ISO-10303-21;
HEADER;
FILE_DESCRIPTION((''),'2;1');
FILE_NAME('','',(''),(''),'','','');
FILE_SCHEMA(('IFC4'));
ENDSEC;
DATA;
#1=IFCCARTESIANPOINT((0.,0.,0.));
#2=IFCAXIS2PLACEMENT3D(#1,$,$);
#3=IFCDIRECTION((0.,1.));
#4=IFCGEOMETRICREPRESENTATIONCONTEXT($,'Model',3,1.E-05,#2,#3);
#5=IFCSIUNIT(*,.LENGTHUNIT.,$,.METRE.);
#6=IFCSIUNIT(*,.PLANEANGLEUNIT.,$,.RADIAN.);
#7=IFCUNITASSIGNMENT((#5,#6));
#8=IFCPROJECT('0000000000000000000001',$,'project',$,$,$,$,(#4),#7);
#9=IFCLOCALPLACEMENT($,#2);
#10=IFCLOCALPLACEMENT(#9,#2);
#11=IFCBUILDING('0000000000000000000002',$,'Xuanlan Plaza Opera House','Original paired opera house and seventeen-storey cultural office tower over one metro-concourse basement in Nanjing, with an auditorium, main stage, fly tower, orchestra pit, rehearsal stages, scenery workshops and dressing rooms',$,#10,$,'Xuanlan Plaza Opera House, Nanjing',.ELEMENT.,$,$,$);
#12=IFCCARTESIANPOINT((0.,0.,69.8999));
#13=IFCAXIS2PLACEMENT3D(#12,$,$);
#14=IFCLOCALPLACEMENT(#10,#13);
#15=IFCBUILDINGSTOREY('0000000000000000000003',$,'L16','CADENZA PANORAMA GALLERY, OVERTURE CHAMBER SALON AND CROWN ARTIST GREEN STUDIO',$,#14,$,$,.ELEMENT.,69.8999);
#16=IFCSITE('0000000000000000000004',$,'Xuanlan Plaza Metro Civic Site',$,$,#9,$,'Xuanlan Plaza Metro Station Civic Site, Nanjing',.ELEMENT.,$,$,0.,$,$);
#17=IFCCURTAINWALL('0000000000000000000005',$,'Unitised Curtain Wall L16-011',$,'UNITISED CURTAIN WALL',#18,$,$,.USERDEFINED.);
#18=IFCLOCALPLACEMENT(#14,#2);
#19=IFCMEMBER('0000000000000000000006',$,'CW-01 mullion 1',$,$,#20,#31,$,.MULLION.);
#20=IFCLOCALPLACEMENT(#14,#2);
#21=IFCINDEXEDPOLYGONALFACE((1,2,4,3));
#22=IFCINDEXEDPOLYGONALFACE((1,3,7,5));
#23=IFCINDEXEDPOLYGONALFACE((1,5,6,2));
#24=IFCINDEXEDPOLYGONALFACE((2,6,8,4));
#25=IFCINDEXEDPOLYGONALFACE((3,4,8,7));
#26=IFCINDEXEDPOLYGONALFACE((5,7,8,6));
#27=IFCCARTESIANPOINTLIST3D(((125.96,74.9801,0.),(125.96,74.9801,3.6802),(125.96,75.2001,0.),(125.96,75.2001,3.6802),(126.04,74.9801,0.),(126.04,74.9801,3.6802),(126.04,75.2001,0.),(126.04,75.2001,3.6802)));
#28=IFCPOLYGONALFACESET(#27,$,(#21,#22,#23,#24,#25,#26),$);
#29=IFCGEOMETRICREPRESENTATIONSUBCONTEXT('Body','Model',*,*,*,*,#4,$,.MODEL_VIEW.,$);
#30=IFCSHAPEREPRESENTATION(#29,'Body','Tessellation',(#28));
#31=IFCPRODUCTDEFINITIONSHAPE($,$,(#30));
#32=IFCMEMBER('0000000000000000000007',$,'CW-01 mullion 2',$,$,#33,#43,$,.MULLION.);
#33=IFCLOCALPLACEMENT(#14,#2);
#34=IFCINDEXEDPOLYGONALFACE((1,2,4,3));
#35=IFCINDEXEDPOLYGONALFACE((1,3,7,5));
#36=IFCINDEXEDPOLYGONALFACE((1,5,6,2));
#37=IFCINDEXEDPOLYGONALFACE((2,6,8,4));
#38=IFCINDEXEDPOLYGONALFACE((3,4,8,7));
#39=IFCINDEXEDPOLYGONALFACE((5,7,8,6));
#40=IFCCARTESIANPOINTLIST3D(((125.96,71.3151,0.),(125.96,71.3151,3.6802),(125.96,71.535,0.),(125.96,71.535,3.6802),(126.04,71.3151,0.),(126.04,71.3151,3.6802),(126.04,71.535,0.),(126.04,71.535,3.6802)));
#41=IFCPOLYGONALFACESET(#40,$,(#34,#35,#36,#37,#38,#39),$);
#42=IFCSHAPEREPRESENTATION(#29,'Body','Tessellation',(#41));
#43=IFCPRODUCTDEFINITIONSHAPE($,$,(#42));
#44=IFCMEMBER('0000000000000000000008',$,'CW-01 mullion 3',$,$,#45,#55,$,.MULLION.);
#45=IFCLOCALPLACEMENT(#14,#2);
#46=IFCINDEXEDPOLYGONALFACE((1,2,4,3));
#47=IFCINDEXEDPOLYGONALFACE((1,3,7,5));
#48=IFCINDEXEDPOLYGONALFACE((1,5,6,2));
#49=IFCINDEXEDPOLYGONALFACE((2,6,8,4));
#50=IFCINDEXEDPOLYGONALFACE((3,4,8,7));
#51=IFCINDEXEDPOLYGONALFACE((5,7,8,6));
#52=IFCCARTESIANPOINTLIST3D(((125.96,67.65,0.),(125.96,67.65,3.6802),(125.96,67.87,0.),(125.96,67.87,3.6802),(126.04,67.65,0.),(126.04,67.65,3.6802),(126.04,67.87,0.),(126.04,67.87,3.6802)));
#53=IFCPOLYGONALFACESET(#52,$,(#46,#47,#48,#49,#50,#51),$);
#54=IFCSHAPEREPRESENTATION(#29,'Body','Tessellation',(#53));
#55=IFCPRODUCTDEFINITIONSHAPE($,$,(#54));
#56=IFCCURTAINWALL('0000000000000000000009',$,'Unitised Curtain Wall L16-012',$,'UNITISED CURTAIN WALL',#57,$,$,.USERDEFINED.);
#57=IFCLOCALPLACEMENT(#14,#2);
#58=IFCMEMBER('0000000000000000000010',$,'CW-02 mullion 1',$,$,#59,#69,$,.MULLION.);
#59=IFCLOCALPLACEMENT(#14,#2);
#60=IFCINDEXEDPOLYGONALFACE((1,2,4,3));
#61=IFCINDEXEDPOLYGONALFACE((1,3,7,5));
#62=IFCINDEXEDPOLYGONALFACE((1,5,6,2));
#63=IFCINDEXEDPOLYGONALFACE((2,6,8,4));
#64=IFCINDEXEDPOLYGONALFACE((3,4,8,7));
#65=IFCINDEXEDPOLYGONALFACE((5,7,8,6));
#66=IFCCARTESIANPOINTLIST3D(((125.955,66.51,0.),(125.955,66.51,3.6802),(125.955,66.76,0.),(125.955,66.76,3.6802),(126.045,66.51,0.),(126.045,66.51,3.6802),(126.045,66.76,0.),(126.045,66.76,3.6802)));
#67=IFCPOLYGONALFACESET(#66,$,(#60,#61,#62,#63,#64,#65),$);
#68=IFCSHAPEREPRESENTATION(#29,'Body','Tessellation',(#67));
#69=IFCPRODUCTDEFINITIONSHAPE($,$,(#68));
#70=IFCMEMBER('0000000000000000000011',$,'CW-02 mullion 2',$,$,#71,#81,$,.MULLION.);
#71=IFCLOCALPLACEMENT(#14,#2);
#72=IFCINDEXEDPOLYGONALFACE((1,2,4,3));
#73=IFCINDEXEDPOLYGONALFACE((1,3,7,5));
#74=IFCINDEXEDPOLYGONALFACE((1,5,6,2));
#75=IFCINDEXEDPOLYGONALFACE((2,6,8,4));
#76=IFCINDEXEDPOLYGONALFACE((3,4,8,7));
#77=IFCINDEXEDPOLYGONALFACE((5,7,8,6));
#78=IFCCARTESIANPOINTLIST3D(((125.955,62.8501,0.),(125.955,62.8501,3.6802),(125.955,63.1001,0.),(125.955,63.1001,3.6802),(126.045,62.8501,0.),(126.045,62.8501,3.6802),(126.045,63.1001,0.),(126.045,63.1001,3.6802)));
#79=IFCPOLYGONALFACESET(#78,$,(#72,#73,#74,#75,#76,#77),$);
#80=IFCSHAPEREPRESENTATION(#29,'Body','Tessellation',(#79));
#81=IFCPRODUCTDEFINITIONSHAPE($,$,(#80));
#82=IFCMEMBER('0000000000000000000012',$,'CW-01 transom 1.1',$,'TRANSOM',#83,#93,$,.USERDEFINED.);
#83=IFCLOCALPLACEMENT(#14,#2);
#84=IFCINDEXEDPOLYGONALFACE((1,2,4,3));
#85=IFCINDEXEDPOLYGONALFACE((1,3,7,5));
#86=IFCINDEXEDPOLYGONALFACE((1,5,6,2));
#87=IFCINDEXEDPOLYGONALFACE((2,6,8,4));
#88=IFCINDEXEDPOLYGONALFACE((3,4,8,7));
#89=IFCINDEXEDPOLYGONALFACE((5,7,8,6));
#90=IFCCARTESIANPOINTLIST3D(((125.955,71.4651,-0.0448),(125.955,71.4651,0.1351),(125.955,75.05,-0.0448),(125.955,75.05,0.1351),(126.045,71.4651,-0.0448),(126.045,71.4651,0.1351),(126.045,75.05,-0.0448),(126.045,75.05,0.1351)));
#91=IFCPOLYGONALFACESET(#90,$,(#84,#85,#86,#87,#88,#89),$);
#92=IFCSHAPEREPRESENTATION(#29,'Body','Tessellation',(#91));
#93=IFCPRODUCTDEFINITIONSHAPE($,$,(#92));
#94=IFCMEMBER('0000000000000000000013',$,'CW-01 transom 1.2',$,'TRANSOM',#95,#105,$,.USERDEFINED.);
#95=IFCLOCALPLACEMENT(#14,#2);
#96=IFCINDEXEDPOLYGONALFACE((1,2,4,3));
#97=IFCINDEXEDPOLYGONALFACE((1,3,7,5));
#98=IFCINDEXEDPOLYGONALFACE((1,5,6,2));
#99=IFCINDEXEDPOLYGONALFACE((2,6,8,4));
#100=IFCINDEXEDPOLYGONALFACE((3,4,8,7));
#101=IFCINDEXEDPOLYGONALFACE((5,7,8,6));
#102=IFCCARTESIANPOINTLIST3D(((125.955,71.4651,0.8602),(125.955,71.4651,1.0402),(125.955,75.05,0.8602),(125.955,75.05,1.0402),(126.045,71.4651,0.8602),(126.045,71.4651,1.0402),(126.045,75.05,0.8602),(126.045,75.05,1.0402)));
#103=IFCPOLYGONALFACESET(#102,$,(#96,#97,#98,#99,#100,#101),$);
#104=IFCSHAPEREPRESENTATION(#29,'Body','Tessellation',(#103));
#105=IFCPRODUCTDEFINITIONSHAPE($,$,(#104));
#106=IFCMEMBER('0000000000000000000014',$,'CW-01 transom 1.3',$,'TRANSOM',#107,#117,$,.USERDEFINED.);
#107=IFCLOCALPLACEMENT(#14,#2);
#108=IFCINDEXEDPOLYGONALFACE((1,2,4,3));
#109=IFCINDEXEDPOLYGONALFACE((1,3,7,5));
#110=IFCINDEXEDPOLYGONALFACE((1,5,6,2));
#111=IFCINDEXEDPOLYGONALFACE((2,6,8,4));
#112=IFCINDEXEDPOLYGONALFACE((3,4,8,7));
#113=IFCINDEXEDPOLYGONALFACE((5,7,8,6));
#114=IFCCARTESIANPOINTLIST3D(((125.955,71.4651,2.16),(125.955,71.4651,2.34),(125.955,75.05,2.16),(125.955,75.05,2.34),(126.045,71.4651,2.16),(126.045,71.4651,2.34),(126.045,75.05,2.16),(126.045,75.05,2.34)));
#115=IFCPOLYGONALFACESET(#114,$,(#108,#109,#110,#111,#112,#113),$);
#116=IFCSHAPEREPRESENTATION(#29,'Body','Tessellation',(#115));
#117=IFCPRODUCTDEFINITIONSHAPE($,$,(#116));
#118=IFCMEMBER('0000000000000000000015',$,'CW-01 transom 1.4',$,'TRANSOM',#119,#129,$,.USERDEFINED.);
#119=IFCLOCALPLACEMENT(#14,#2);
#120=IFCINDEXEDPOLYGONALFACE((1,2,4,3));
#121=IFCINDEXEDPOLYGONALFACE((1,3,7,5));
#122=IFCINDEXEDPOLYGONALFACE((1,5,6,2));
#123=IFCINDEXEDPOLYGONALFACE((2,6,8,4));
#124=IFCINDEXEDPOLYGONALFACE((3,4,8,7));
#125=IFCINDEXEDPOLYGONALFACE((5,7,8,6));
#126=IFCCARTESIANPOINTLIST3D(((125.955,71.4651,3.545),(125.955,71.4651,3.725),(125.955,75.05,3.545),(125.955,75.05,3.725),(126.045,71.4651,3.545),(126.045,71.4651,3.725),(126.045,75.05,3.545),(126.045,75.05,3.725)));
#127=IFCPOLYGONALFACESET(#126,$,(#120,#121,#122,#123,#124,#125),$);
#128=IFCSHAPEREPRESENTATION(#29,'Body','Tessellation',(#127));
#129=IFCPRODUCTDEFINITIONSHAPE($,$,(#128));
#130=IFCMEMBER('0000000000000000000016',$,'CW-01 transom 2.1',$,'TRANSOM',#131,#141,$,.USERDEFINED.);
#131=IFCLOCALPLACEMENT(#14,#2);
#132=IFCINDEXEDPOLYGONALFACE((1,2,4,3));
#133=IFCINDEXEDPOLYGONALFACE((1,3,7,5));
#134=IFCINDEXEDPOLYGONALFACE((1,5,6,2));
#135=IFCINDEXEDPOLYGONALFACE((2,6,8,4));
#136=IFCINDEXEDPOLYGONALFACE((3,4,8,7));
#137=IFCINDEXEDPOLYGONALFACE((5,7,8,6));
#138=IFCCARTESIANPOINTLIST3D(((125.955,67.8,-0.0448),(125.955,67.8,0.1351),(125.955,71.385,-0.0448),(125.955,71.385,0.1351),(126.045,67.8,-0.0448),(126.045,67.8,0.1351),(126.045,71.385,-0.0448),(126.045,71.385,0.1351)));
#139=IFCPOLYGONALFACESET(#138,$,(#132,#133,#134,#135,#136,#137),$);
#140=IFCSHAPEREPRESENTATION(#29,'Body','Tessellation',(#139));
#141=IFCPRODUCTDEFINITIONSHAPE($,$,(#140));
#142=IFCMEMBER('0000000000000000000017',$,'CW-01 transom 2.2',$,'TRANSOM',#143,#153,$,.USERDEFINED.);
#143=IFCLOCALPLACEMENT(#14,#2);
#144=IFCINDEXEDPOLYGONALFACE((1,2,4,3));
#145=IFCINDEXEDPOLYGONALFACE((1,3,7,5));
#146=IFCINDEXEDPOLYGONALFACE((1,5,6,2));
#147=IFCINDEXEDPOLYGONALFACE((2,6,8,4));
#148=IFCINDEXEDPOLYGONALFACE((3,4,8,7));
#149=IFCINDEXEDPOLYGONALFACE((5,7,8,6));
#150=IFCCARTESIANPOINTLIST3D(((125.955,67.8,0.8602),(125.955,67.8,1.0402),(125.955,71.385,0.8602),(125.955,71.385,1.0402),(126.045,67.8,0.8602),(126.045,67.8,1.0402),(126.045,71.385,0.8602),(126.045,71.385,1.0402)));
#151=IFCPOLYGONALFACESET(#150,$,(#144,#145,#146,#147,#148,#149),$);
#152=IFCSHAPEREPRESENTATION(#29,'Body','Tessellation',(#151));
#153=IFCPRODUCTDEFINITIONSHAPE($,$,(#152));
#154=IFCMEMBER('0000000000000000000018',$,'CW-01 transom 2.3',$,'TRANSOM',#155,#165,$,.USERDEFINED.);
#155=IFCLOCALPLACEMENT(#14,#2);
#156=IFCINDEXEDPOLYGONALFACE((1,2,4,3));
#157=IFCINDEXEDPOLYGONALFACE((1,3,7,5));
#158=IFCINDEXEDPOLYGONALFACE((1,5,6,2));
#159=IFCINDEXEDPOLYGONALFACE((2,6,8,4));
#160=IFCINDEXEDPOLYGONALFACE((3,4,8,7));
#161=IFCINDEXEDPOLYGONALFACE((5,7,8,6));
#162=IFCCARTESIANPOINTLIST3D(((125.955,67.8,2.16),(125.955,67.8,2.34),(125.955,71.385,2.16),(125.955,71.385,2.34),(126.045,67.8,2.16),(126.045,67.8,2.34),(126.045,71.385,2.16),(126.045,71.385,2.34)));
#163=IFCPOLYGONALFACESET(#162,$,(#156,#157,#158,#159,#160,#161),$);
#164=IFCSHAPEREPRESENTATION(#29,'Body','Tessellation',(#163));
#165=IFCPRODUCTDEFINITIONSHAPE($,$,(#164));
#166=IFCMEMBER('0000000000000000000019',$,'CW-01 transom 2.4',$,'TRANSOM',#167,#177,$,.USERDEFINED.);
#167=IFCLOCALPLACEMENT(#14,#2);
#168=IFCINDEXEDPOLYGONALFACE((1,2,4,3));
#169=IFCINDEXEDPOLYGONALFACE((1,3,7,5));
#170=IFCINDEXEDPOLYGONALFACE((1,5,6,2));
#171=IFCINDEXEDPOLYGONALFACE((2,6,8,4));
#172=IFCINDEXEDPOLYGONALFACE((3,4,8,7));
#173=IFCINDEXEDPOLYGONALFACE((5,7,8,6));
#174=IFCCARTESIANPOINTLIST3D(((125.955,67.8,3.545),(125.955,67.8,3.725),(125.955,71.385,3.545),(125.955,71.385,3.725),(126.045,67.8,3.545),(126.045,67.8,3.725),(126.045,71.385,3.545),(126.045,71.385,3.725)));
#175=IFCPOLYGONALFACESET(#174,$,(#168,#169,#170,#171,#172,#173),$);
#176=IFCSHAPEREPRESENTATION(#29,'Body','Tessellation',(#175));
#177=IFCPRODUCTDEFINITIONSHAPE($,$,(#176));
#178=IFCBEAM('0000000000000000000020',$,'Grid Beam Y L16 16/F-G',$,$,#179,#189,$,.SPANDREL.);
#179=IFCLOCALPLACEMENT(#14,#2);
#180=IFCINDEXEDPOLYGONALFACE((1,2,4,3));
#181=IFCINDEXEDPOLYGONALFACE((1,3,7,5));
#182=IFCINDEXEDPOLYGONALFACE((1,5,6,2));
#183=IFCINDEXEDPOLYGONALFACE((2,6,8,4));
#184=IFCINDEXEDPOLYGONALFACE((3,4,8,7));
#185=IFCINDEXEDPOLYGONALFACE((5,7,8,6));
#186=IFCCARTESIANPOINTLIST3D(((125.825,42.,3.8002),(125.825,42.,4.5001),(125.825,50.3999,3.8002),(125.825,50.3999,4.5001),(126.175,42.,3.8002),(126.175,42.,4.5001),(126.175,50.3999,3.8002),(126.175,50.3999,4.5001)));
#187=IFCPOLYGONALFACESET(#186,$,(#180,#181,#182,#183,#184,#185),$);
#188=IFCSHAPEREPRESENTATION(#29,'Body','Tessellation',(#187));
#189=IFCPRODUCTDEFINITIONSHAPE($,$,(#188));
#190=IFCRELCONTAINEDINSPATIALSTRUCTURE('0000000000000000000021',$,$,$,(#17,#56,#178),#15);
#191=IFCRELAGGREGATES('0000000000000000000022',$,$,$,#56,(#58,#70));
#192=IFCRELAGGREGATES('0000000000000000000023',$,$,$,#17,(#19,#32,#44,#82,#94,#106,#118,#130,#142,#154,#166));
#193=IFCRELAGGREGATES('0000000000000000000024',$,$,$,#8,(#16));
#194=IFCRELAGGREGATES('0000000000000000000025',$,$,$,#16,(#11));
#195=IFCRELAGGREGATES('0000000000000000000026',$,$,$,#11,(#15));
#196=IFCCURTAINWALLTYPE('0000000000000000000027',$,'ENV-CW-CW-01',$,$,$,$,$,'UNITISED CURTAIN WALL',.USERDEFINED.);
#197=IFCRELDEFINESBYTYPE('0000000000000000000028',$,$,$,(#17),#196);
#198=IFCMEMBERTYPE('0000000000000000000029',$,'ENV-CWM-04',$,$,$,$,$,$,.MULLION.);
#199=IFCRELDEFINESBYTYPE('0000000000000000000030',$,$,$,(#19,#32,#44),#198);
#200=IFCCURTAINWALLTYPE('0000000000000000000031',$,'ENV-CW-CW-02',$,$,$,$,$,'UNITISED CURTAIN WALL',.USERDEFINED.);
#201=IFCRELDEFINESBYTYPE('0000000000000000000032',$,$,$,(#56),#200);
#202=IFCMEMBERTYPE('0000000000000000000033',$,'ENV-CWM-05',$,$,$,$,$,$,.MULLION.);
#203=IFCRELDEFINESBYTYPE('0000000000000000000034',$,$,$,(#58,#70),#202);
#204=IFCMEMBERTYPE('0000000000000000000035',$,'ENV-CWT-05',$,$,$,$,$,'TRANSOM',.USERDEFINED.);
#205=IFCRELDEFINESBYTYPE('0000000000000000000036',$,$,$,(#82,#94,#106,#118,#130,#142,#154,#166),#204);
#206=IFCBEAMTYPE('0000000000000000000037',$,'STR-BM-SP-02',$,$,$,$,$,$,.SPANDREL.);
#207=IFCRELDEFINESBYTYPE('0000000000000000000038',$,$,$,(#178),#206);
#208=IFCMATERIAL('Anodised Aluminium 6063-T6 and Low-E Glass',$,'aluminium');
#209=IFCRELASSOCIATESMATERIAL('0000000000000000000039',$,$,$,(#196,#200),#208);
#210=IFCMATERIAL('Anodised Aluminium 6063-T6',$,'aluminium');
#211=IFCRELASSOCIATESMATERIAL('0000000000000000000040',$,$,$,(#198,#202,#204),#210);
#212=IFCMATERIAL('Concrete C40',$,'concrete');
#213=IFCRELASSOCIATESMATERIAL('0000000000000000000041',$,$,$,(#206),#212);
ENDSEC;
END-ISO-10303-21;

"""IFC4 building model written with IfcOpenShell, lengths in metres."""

from ifc_helpers import new_model, si_unit, direction, frame, origin, origin_2d, place, context, subcontext, project, spatial, rectangle, extrude, material, material_profile, profile_set, type_object, element, aggregate, save


model = new_model("IFC4")

# Units and contexts
model_context = context("Model", 3, precision=1e-05, world=origin(), true_north=direction((0.0, 1.0)))
body_context = subcontext(model_context, "Body", "Model", "MODEL_VIEW")
ifc_project = project(units=[si_unit("LENGTHUNIT", "METRE"), si_unit("PLANEANGLEUNIT", "RADIAN")], contexts=[model_context])

# Site, building, storey
site_placement = place(None, origin())
site = spatial("IfcSite", under=ifc_project, at=site_placement, Name="Xuanlan Plaza Metro Civic Site", LongName="Xuanlan Plaza Metro Station Civic Site, Nanjing", CompositionType="ELEMENT", RefElevation=0.0)
building_placement = place(site_placement, origin())
building = spatial("IfcBuilding", under=site, at=building_placement, Name="Xuanlan Plaza Opera House", Description="Original paired opera house and seventeen-storey cultural office tower over one metro-concourse basement in Nanjing, with an auditorium, main stage, fly tower, orchestra pit, rehearsal stages, scenery workshops and dressing rooms", LongName="Xuanlan Plaza Opera House, Nanjing", CompositionType="ELEMENT")
storey_placement = place(building_placement, frame((0.0, 0.0, 69.8999)))
storey = spatial("IfcBuildingStorey", under=building, at=storey_placement, Name="L16", Description="CADENZA PANORAMA GALLERY, OVERTURE CHAMBER SALON AND CROWN ARTIST GREEN STUDIO", CompositionType="ELEMENT", Elevation=69.8999)

# Curtain walls, members
ifc_material_1 = material(Name="Anodised Aluminium 6063-T6 and Low-E Glass", Category="aluminium")
curtain_wall_type_1 = type_object("IfcCurtainWallType", Name="ENV-CW-CW-01", ElementType="UNITISED CURTAIN WALL", PredefinedType="USERDEFINED", material=ifc_material_1)
curtain_wall_1_placement = place(storey_placement, origin())
curtain_wall_1 = element("IfcCurtainWall", 1, at=curtain_wall_1_placement, inside=storey, type_object=curtain_wall_type_1, Name="Unitised Curtain Wall L16-011", ObjectType="UNITISED CURTAIN WALL", PredefinedType="USERDEFINED")
ifc_material_2 = material(Name="Anodised Aluminium 6063-T6", Category="aluminium")
ifc_material_profile_1 = material_profile(ifc_material_2, rectangle(XDim=0.0801, YDim=0.22, at=origin_2d()), Name="ALU-M 80x220")
ifc_profile_set_1 = profile_set([ifc_material_profile_1], Name="Anodised Aluminium 6063-T6")
member_type_1 = type_object("IfcMemberType", Name="ENV-CWM-04", PredefinedType="MULLION", material=ifc_profile_set_1)
member_1_placement = place(storey_placement, frame((126.0, 75.0901, 0.0), z_axis=(0.0, 0.0, 1.0), x_axis=(1.0, 0.0, 0.0)))
member_1 = element("IfcMember", 2, at=member_1_placement, type_object=member_type_1, Name="CW-01 mullion 1", PredefinedType="MULLION", context=body_context, shape_type="SweptSolid", body=[
    extrude(rectangle(XDim=0.0801, YDim=0.22, at=origin_2d()), origin(), (0.0, 0.0, 1.0), 3.6802),
])
member_2_placement = place(storey_placement, frame((126.0, 71.425, 0.0), z_axis=(0.0, 0.0, 1.0), x_axis=(1.0, 0.0, 0.0)))
member_2 = element("IfcMember", 3, at=member_2_placement, type_object=member_type_1, Name="CW-01 mullion 2", PredefinedType="MULLION", context=body_context, shape_type="SweptSolid", body=[
    extrude(rectangle(XDim=0.0801, YDim=0.22, at=origin_2d()), origin(), (0.0, 0.0, 1.0), 3.6802),
])
member_3_placement = place(storey_placement, frame((126.0, 67.76, 0.0), z_axis=(0.0, 0.0, 1.0), x_axis=(1.0, 0.0, 0.0)))
member_3 = element("IfcMember", 4, at=member_3_placement, type_object=member_type_1, Name="CW-01 mullion 3", PredefinedType="MULLION", context=body_context, shape_type="SweptSolid", body=[
    extrude(rectangle(XDim=0.0801, YDim=0.22, at=origin_2d()), origin(), (0.0, 0.0, 1.0), 3.6802),
])
curtain_wall_type_2 = type_object("IfcCurtainWallType", Name="ENV-CW-CW-02", ElementType="UNITISED CURTAIN WALL", PredefinedType="USERDEFINED", material=ifc_material_1)
curtain_wall_2_placement = place(storey_placement, origin())
curtain_wall_2 = element("IfcCurtainWall", 5, at=curtain_wall_2_placement, inside=storey, type_object=curtain_wall_type_2, Name="Unitised Curtain Wall L16-012", ObjectType="UNITISED CURTAIN WALL", PredefinedType="USERDEFINED")
ifc_material_profile_2 = material_profile(ifc_material_2, rectangle(XDim=0.0901, YDim=0.25, at=origin_2d()), Name="ALU-M 90x250")
ifc_profile_set_2 = profile_set([ifc_material_profile_2], Name="Anodised Aluminium 6063-T6")
member_type_2 = type_object("IfcMemberType", Name="ENV-CWM-05", PredefinedType="MULLION", material=ifc_profile_set_2)
member_4_placement = place(storey_placement, frame((126.0, 66.635, 0.0), z_axis=(0.0, 0.0, 1.0), x_axis=(1.0, 0.0, 0.0)))
member_4 = element("IfcMember", 6, at=member_4_placement, type_object=member_type_2, Name="CW-02 mullion 1", PredefinedType="MULLION", context=body_context, shape_type="SweptSolid", body=[
    extrude(rectangle(XDim=0.0901, YDim=0.25, at=origin_2d()), origin(), (0.0, 0.0, 1.0), 3.6802),
])
member_5_placement = place(storey_placement, frame((126.0, 62.9751, 0.0), z_axis=(0.0, 0.0, 1.0), x_axis=(1.0, 0.0, 0.0)))
member_5 = element("IfcMember", 7, at=member_5_placement, type_object=member_type_2, Name="CW-02 mullion 2", PredefinedType="MULLION", context=body_context, shape_type="SweptSolid", body=[
    extrude(rectangle(XDim=0.0901, YDim=0.25, at=origin_2d()), origin(), (0.0, 0.0, 1.0), 3.6802),
])
aggregate(curtain_wall_2, [member_4, member_5])

# Members
ifc_material_profile_3 = material_profile(ifc_material_2, rectangle(XDim=0.0901, YDim=0.1799, at=origin_2d()), Name="ALU-T 90x180")
ifc_profile_set_3 = profile_set([ifc_material_profile_3], Name="Anodised Aluminium 6063-T6")
member_type_3 = type_object("IfcMemberType", Name="ENV-CWT-05", ElementType="TRANSOM", PredefinedType="USERDEFINED", material=ifc_profile_set_3)
member_6_placement = place(storey_placement, frame((126.0, 75.05, 0.0452), z_axis=(0.0, -1.0, 0.0), x_axis=(1.0, 0.0, 0.0)))
member_6 = element("IfcMember", 8, at=member_6_placement, type_object=member_type_3, Name="CW-01 transom 1.1", ObjectType="TRANSOM", PredefinedType="USERDEFINED", context=body_context, shape_type="SweptSolid", body=[
    extrude(rectangle(XDim=0.0901, YDim=0.1799, at=origin_2d()), origin(), (0.0, 0.0, 1.0), 3.585),
])
member_7_placement = place(storey_placement, frame((126.0, 75.05, 0.9502), z_axis=(0.0, -1.0, 0.0), x_axis=(1.0, 0.0, 0.0)))
member_7 = element("IfcMember", 9, at=member_7_placement, type_object=member_type_3, Name="CW-01 transom 1.2", ObjectType="TRANSOM", PredefinedType="USERDEFINED", context=body_context, shape_type="SweptSolid", body=[
    extrude(rectangle(XDim=0.0901, YDim=0.1799, at=origin_2d()), origin(), (0.0, 0.0, 1.0), 3.585),
])
member_8_placement = place(storey_placement, frame((126.0, 75.05, 2.25), z_axis=(0.0, -1.0, 0.0), x_axis=(1.0, 0.0, 0.0)))
member_8 = element("IfcMember", 10, at=member_8_placement, type_object=member_type_3, Name="CW-01 transom 1.3", ObjectType="TRANSOM", PredefinedType="USERDEFINED", context=body_context, shape_type="SweptSolid", body=[
    extrude(rectangle(XDim=0.0901, YDim=0.1799, at=origin_2d()), origin(), (0.0, 0.0, 1.0), 3.585),
])
member_9_placement = place(storey_placement, frame((126.0, 75.05, 3.635), z_axis=(0.0, -1.0, 0.0), x_axis=(1.0, 0.0, 0.0)))
member_9 = element("IfcMember", 11, at=member_9_placement, type_object=member_type_3, Name="CW-01 transom 1.4", ObjectType="TRANSOM", PredefinedType="USERDEFINED", context=body_context, shape_type="SweptSolid", body=[
    extrude(rectangle(XDim=0.0901, YDim=0.1799, at=origin_2d()), origin(), (0.0, 0.0, 1.0), 3.585),
])
member_10_placement = place(storey_placement, frame((126.0, 71.385, 0.0452), z_axis=(0.0, -1.0, 0.0), x_axis=(1.0, 0.0, 0.0)))
member_10 = element("IfcMember", 12, at=member_10_placement, type_object=member_type_3, Name="CW-01 transom 2.1", ObjectType="TRANSOM", PredefinedType="USERDEFINED", context=body_context, shape_type="SweptSolid", body=[
    extrude(rectangle(XDim=0.0901, YDim=0.1799, at=origin_2d()), origin(), (0.0, 0.0, 1.0), 3.585),
])
member_11_placement = place(storey_placement, frame((126.0, 71.385, 0.9502), z_axis=(0.0, -1.0, 0.0), x_axis=(1.0, 0.0, 0.0)))
member_11 = element("IfcMember", 13, at=member_11_placement, type_object=member_type_3, Name="CW-01 transom 2.2", ObjectType="TRANSOM", PredefinedType="USERDEFINED", context=body_context, shape_type="SweptSolid", body=[
    extrude(rectangle(XDim=0.0901, YDim=0.1799, at=origin_2d()), origin(), (0.0, 0.0, 1.0), 3.585),
])
member_12_placement = place(storey_placement, frame((126.0, 71.385, 2.25), z_axis=(0.0, -1.0, 0.0), x_axis=(1.0, 0.0, 0.0)))
member_12 = element("IfcMember", 14, at=member_12_placement, type_object=member_type_3, Name="CW-01 transom 2.3", ObjectType="TRANSOM", PredefinedType="USERDEFINED", context=body_context, shape_type="SweptSolid", body=[
    extrude(rectangle(XDim=0.0901, YDim=0.1799, at=origin_2d()), origin(), (0.0, 0.0, 1.0), 3.585),
])
member_13_placement = place(storey_placement, frame((126.0, 71.385, 3.635), z_axis=(0.0, -1.0, 0.0), x_axis=(1.0, 0.0, 0.0)))
member_13 = element("IfcMember", 15, at=member_13_placement, type_object=member_type_3, Name="CW-01 transom 2.4", ObjectType="TRANSOM", PredefinedType="USERDEFINED", context=body_context, shape_type="SweptSolid", body=[
    extrude(rectangle(XDim=0.0901, YDim=0.1799, at=origin_2d()), origin(), (0.0, 0.0, 1.0), 3.585),
])

# Beam
ifc_material_3 = material(Name="Concrete C40", Category="concrete")
ifc_material_profile_4 = material_profile(ifc_material_3, rectangle(XDim=0.3501, YDim=0.7, at=origin_2d()), Name="RC-SPD 350x700")
ifc_profile_set_4 = profile_set([ifc_material_profile_4], Name="Concrete C40")
beam_type = type_object("IfcBeamType", Name="STR-BM-SP-02", PredefinedType="SPANDREL", material=ifc_profile_set_4)
beam_1_placement = place(storey_placement, frame((126.0, 42.0, 4.1501), z_axis=(0.0, 1.0, 0.0), x_axis=(-1.0, 0.0, 0.0)))
element("IfcBeam", 16, at=beam_1_placement, inside=storey, type_object=beam_type, Name="Grid Beam Y L16 16/F-G", PredefinedType="SPANDREL", context=body_context, shape_type="SweptSolid", body=[
    extrude(rectangle(XDim=0.3501, YDim=0.7, at=origin_2d()), origin(), (0.0, 0.0, 1.0), 8.3999),
])

aggregate(curtain_wall_1, [member_1, member_2, member_3, member_6, member_7, member_8, member_9, member_10, member_11, member_12, member_13])

save(model, "model.ifc")
